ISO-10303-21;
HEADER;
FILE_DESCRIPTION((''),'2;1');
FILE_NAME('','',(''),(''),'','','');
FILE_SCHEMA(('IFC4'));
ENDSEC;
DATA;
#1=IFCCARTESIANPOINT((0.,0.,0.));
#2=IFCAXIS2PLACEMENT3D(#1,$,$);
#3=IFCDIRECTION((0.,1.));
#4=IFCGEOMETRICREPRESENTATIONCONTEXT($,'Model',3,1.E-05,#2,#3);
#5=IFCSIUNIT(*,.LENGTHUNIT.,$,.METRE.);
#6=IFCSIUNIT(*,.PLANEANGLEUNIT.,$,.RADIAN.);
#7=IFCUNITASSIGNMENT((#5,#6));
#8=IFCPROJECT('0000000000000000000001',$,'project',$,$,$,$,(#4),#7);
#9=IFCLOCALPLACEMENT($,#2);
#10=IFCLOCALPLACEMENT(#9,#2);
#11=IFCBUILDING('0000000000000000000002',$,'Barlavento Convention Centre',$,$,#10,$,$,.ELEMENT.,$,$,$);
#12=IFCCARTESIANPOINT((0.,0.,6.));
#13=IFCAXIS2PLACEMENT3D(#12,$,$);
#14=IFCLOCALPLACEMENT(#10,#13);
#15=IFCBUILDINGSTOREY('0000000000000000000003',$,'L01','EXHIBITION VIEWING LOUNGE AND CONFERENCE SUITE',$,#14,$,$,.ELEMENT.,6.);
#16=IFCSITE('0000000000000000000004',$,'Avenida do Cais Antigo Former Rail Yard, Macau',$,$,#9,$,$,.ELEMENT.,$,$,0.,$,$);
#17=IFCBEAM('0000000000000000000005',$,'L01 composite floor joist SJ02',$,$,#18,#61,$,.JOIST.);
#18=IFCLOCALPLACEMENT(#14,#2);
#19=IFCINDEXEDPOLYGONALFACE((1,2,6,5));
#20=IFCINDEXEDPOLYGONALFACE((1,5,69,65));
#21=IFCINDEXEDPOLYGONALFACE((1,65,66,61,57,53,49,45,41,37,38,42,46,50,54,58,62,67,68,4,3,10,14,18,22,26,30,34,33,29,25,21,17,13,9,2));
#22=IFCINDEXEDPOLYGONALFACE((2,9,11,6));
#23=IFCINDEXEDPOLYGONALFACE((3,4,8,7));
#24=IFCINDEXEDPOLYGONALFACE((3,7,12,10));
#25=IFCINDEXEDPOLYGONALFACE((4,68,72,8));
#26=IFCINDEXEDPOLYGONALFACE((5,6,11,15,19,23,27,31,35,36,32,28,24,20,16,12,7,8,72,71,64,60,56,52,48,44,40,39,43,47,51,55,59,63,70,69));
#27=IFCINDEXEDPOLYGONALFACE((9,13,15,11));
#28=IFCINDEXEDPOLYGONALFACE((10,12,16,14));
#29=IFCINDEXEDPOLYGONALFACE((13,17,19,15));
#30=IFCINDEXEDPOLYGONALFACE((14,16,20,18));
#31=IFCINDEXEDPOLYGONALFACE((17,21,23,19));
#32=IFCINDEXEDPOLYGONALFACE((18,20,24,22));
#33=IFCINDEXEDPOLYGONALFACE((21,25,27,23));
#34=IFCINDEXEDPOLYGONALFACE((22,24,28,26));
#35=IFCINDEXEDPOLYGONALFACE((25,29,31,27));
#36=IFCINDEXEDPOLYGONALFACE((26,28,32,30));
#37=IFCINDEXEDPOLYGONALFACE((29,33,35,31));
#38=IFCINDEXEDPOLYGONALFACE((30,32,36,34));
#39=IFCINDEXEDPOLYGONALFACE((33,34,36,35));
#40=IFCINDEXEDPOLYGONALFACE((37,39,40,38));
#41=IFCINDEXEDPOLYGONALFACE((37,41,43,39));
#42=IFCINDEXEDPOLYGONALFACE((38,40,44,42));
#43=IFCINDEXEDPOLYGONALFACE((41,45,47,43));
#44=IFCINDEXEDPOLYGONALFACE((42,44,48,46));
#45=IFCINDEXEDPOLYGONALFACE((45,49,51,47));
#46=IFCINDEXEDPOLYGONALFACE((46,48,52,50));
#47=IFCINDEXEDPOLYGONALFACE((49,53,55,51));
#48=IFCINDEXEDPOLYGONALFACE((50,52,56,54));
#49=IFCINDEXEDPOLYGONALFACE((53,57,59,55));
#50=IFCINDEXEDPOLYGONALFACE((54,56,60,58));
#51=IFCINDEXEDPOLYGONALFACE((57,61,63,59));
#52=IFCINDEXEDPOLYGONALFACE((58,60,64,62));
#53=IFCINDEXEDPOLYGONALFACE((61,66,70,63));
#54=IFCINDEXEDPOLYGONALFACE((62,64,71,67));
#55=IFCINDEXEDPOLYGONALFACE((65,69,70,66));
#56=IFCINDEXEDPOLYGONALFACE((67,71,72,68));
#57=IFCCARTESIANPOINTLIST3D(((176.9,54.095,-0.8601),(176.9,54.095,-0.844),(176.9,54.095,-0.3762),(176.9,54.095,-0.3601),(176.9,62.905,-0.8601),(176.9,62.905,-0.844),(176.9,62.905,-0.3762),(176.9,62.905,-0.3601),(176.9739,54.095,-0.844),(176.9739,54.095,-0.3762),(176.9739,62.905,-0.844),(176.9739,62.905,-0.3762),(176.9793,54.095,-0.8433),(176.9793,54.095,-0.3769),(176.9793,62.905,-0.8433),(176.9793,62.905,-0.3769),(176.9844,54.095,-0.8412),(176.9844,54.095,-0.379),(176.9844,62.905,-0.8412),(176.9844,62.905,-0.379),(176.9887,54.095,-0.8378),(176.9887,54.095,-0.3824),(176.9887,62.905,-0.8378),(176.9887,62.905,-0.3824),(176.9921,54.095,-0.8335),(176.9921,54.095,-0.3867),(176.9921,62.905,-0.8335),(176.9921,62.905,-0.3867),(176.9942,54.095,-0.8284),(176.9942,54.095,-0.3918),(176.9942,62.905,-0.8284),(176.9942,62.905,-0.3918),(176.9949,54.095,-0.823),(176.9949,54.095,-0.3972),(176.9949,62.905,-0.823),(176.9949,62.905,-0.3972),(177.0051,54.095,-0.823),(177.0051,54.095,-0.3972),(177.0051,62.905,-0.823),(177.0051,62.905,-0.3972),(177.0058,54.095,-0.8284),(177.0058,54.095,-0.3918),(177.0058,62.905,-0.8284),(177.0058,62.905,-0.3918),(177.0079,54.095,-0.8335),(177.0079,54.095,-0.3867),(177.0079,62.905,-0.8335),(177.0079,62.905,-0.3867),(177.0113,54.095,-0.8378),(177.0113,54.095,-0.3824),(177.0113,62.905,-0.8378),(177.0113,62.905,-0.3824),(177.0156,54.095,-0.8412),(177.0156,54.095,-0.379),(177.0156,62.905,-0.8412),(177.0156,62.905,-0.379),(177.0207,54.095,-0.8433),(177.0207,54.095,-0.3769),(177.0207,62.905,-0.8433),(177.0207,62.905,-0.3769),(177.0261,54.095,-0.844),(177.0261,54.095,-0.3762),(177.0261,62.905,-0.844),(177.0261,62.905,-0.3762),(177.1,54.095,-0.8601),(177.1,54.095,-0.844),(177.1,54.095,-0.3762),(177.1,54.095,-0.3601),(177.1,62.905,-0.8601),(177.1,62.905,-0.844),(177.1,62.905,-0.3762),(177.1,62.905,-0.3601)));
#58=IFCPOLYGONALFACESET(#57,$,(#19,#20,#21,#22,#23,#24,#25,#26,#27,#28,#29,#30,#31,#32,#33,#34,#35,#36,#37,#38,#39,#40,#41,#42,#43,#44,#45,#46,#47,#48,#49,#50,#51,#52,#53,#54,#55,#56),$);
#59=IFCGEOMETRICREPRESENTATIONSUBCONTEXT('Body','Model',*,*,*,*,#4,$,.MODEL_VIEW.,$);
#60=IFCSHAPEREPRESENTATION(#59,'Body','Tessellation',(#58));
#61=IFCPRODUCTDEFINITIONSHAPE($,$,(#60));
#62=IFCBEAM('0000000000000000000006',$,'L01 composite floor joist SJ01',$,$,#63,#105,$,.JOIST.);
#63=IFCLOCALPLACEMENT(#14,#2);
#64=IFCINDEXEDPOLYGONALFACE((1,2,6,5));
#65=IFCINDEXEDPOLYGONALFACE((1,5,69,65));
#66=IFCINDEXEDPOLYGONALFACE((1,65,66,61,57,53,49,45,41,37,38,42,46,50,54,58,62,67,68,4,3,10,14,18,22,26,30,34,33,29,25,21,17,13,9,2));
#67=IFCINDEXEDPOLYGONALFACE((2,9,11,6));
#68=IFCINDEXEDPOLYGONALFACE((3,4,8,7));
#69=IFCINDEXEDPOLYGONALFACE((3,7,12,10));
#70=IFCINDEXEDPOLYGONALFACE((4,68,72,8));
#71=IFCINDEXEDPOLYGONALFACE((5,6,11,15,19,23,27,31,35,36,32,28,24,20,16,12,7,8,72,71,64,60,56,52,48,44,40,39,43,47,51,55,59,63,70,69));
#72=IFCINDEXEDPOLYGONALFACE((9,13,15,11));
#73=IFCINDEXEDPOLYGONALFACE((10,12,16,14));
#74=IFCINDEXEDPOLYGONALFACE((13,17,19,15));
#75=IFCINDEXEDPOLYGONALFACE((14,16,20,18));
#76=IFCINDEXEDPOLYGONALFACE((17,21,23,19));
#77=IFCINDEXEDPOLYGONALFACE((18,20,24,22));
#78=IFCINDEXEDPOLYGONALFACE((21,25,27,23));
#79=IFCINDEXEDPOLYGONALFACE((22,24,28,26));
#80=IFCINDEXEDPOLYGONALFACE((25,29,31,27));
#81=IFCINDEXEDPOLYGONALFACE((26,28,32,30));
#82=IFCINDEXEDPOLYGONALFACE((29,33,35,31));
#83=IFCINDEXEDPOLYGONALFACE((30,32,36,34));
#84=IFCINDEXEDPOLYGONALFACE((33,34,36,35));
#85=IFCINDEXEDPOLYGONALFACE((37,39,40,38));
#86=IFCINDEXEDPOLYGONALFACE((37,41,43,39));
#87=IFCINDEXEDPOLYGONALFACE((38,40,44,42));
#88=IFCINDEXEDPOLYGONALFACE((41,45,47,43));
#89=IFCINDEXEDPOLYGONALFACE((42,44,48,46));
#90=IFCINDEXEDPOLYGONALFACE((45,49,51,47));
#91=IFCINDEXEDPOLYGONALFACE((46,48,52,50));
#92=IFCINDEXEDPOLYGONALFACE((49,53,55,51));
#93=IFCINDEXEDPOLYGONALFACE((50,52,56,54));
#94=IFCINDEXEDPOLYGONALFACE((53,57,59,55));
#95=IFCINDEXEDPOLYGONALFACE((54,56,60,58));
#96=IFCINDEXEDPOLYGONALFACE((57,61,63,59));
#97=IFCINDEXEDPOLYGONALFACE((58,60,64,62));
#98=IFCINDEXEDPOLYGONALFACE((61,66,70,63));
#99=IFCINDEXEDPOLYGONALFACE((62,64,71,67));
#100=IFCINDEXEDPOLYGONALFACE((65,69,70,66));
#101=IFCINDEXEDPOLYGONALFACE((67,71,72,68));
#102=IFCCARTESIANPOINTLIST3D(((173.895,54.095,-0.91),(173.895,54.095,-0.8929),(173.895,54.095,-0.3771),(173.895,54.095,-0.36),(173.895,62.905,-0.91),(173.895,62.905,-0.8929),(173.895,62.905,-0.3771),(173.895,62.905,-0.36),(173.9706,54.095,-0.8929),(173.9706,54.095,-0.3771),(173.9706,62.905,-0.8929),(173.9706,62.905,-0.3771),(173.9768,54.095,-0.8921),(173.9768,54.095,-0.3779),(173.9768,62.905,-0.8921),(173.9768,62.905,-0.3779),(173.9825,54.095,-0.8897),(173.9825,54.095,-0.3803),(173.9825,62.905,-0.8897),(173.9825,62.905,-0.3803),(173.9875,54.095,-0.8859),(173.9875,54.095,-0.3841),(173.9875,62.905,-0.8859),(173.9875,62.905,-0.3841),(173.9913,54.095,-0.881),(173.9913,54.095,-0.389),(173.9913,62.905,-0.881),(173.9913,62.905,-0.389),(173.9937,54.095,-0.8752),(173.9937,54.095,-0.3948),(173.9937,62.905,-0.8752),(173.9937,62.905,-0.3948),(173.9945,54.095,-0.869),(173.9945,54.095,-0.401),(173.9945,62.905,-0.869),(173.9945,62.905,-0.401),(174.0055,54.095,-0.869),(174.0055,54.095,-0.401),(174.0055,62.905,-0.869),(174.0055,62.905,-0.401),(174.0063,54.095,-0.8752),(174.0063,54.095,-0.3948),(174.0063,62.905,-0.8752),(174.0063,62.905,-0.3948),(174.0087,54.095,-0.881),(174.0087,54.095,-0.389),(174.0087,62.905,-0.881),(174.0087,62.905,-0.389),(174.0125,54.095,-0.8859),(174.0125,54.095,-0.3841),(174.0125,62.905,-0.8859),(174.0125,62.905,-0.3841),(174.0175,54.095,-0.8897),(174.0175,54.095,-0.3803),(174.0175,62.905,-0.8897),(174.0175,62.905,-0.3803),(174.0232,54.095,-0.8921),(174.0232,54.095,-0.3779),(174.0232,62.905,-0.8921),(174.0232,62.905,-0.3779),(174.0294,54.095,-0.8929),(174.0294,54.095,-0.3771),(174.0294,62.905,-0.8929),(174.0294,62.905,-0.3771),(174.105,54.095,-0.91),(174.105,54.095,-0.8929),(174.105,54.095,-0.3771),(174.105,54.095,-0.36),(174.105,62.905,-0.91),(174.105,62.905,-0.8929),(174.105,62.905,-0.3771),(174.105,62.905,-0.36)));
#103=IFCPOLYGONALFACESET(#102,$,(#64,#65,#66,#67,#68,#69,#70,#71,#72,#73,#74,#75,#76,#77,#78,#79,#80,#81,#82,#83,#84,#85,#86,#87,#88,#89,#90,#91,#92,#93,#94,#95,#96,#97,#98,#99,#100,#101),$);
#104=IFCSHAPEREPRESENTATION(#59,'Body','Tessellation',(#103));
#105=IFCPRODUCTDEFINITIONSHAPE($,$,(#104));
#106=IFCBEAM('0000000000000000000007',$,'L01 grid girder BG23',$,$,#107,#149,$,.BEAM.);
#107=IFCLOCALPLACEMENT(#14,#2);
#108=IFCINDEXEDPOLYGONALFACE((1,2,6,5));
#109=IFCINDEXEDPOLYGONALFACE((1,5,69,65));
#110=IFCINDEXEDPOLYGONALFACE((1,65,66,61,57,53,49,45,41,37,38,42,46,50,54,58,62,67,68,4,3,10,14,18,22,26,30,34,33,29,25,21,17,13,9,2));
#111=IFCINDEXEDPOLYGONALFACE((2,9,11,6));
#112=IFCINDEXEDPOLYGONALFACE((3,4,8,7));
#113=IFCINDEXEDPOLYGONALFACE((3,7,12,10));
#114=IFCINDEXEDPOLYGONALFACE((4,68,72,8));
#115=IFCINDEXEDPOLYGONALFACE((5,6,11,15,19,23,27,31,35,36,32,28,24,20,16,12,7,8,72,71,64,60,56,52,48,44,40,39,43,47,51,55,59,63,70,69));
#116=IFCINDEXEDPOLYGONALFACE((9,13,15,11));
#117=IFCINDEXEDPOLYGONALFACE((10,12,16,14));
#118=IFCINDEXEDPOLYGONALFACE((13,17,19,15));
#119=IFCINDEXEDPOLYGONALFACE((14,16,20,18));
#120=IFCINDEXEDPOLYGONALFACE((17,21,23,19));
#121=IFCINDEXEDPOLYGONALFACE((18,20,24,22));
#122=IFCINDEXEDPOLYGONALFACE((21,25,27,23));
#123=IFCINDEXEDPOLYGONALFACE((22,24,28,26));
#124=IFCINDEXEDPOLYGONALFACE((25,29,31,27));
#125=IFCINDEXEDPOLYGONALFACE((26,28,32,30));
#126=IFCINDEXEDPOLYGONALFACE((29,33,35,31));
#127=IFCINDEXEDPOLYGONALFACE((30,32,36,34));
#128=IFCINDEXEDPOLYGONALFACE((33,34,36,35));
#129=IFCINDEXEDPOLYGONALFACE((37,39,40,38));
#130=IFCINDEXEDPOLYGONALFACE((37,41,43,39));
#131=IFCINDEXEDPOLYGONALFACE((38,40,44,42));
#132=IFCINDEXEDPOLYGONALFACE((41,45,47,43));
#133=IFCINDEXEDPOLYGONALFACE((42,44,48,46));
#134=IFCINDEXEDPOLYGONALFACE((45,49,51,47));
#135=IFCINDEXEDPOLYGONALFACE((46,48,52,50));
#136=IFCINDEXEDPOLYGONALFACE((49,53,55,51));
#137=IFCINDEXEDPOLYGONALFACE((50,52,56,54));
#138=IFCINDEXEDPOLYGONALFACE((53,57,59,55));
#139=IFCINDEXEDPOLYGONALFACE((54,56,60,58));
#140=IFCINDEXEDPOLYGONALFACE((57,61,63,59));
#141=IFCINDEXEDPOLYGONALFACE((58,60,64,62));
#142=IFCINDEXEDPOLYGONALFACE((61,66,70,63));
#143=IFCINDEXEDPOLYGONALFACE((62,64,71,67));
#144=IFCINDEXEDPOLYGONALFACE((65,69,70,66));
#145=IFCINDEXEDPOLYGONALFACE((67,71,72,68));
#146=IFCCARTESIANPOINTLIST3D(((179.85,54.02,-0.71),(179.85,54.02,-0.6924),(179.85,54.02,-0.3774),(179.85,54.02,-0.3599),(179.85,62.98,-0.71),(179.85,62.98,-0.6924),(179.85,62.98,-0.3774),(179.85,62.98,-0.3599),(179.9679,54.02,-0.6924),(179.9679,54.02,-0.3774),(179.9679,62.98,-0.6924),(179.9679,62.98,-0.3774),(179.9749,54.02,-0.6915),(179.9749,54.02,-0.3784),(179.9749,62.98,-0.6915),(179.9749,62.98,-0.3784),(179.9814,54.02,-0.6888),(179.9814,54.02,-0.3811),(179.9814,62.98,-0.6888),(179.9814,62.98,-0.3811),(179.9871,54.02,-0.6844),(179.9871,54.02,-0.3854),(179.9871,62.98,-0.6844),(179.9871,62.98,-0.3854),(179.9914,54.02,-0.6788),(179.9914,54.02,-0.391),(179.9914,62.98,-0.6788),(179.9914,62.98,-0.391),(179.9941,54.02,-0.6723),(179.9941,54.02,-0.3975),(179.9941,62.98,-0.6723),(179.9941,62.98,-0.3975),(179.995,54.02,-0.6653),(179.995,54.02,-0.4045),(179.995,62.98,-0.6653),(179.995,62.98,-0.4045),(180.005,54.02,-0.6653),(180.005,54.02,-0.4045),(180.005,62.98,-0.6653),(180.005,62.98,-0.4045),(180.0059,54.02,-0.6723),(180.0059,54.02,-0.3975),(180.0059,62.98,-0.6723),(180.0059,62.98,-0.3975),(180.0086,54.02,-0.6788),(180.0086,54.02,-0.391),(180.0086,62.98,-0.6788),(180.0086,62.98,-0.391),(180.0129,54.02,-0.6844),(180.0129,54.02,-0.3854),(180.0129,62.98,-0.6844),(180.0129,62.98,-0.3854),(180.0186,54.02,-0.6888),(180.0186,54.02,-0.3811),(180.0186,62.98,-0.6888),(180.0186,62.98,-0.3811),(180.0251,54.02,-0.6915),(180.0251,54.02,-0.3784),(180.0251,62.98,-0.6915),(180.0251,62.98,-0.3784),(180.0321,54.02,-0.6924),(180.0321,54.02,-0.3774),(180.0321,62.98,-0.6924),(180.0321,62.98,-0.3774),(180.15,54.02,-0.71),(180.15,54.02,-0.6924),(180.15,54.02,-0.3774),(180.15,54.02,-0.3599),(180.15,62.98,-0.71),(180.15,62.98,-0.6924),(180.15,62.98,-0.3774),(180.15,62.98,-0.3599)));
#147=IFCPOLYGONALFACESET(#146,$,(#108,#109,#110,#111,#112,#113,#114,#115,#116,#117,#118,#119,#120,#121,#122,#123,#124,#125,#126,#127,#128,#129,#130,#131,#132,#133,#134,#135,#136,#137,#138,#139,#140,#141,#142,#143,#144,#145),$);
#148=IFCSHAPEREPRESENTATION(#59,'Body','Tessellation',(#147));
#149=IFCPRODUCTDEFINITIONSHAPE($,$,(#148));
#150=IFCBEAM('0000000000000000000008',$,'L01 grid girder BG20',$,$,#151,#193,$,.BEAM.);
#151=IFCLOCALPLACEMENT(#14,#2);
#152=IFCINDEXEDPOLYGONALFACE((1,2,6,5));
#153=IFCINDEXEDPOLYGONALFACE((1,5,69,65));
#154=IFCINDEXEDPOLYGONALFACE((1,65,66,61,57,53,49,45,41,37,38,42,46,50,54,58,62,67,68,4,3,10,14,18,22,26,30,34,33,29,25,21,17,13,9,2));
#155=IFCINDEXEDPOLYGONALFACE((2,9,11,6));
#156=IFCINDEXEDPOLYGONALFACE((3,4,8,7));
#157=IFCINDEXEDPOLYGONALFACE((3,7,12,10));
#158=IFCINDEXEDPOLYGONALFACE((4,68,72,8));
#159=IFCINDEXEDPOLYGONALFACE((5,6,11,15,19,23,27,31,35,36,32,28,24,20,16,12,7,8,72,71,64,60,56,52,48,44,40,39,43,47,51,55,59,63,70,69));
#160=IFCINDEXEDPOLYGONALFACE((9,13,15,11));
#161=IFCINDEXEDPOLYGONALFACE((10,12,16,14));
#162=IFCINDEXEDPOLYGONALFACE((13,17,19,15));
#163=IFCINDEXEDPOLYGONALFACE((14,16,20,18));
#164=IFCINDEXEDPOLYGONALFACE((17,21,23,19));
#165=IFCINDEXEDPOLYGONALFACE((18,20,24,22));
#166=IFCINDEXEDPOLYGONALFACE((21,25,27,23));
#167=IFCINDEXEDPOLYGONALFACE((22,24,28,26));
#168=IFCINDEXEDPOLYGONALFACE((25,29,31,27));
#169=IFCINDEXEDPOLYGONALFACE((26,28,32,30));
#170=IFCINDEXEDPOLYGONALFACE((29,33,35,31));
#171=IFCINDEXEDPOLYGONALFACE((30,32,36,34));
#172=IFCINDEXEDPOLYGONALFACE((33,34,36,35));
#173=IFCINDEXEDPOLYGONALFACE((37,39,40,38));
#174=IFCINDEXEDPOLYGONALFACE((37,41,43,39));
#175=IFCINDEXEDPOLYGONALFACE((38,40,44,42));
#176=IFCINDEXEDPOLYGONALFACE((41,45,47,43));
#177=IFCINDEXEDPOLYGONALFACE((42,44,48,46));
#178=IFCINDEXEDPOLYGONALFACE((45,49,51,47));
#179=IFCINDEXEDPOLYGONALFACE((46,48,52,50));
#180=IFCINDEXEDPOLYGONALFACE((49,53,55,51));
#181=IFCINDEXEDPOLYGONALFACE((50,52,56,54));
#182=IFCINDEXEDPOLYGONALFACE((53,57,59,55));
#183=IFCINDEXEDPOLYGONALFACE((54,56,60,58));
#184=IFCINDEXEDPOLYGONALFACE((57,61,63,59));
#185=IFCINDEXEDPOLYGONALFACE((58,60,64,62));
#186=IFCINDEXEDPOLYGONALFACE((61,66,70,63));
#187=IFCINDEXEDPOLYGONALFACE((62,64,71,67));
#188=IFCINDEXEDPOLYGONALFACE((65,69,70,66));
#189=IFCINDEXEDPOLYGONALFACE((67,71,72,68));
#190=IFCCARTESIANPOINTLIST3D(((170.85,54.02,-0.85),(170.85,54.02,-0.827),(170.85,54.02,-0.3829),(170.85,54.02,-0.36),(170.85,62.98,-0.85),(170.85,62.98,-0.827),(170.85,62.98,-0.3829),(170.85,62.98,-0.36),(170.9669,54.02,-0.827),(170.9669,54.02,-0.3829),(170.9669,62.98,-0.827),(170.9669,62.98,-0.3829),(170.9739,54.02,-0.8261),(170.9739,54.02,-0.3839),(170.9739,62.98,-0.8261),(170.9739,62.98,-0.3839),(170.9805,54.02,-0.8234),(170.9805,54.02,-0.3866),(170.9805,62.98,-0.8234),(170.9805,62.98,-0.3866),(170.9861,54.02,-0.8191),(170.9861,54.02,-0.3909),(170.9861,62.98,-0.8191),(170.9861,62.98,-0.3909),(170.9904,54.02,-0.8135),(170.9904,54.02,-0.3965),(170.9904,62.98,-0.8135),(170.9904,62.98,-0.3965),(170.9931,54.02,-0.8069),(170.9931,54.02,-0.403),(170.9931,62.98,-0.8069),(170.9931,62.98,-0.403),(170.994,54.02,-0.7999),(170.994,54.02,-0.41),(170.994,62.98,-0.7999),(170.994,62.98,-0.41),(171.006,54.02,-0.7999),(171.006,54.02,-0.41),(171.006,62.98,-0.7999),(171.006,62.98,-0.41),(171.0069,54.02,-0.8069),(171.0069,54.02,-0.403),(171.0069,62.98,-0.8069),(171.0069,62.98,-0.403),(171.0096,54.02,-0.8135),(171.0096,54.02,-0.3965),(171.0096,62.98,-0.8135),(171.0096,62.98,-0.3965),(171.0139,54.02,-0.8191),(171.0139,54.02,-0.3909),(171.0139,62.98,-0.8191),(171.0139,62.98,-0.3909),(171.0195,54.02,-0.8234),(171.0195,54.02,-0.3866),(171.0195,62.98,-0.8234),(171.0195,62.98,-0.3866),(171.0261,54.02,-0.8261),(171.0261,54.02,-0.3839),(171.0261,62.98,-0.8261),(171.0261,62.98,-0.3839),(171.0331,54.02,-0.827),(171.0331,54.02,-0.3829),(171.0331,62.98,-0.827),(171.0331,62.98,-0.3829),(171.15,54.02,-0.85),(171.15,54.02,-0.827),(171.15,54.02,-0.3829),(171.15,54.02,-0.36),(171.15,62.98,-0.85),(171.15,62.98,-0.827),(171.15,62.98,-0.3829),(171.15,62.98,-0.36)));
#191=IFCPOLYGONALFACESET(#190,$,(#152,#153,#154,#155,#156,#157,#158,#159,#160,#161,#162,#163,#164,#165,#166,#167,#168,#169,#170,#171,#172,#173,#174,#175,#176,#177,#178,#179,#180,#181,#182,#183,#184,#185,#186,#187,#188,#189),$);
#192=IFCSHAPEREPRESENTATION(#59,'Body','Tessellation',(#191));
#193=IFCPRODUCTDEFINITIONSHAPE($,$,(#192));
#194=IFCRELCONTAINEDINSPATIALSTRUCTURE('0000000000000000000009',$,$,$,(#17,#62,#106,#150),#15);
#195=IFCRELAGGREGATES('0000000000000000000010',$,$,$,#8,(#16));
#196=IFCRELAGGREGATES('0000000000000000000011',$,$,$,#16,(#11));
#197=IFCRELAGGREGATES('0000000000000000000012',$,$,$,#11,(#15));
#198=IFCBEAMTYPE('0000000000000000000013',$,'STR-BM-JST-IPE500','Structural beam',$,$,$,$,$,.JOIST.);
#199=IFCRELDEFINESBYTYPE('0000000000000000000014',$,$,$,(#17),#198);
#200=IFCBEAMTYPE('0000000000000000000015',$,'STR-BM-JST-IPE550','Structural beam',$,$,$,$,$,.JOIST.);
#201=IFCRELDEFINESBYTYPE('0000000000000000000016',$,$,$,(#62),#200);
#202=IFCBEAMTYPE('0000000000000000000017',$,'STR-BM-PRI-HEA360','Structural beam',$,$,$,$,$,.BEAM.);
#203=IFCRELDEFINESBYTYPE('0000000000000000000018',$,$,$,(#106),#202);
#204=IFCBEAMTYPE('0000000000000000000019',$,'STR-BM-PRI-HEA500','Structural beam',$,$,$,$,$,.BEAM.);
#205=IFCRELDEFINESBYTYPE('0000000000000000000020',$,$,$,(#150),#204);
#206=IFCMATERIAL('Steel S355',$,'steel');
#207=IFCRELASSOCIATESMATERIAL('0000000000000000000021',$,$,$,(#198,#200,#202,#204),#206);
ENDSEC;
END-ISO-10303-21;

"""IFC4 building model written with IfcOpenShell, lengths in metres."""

from ifc_helpers import new_model, si_unit, direction, frame, origin, origin_2d, place, context, subcontext, project, spatial, i_section, extrude, material, material_profile, profile_set, type_object, element, save


model = new_model("IFC4")

# Units and contexts
model_context = context("Model", 3, precision=1e-05, world=origin(), true_north=direction((0.0, 1.0)))
body_context = subcontext(model_context, "Body", "Model", "MODEL_VIEW")
ifc_project = project(units=[si_unit("LENGTHUNIT", "METRE"), si_unit("PLANEANGLEUNIT", "RADIAN")], contexts=[model_context])

# Site, building, storey
site_placement = place(None, origin())
site = spatial("IfcSite", under=ifc_project, at=site_placement, Name="Avenida do Cais Antigo Former Rail Yard, Macau", CompositionType="ELEMENT", RefElevation=0.0)
building_placement = place(site_placement, origin())
building = spatial("IfcBuilding", under=site, at=building_placement, Name="Barlavento Convention Centre", CompositionType="ELEMENT")
storey_placement = place(building_placement, frame((0.0, 0.0, 6.0)))
storey = spatial("IfcBuildingStorey", under=building, at=storey_placement, Name="L01", Description="EXHIBITION VIEWING LOUNGE AND CONFERENCE SUITE", CompositionType="ELEMENT", Elevation=6.0)

# Shared definitions
ifc_material_1 = material(Name="Steel S355", Category="steel")

# Beams
ifc_material_profile_1 = material_profile(ifc_material_1, i_section(OverallWidth=0.2, OverallDepth=0.5, WebThickness=0.0103, FlangeThickness=0.0161, FilletRadius=0.021, at=origin_2d()), Name="IPE 500")
ifc_profile_set_1 = profile_set([ifc_material_profile_1], Name="Steel S355")
beam_type_1 = type_object("IfcBeamType", Name="STR-BM-JST-IPE500", Description="Structural beam", PredefinedType="JOIST", material=ifc_profile_set_1)
beam_1_placement = place(storey_placement, frame((177.0, 54.095, -0.6101), z_axis=(0.0, 1.0, 0.0), x_axis=(-1.0, 0.0, 0.0)))
element("IfcBeam", 1, at=beam_1_placement, inside=storey, type_object=beam_type_1, Name="L01 composite floor joist SJ02", PredefinedType="JOIST", context=body_context, shape_type="SweptSolid", body=[
    extrude(i_section(OverallWidth=0.2, OverallDepth=0.5, WebThickness=0.0103, FlangeThickness=0.0161, FilletRadius=0.021, at=origin_2d()), origin(), (0.0, 0.0, 1.0), 8.8101),
])
ifc_material_profile_2 = material_profile(ifc_material_1, i_section(OverallWidth=0.21, OverallDepth=0.55, WebThickness=0.011, FlangeThickness=0.0171, FilletRadius=0.0239, at=origin_2d()), Name="IPE 550")
ifc_profile_set_2 = profile_set([ifc_material_profile_2], Name="Steel S355")
beam_type_2 = type_object("IfcBeamType", Name="STR-BM-JST-IPE550", Description="Structural beam", PredefinedType="JOIST", material=ifc_profile_set_2)
beam_2_placement = place(storey_placement, frame((174.0, 54.095, -0.635), z_axis=(0.0, 1.0, 0.0), x_axis=(-1.0, 0.0, 0.0)))
element("IfcBeam", 2, at=beam_2_placement, inside=storey, type_object=beam_type_2, Name="L01 composite floor joist SJ01", PredefinedType="JOIST", context=body_context, shape_type="SweptSolid", body=[
    extrude(i_section(OverallWidth=0.21, OverallDepth=0.55, WebThickness=0.011, FlangeThickness=0.0171, FilletRadius=0.0239, at=origin_2d()), origin(), (0.0, 0.0, 1.0), 8.8101),
])
ifc_material_profile_3 = material_profile(ifc_material_1, i_section(OverallWidth=0.3, OverallDepth=0.3501, WebThickness=0.01, FlangeThickness=0.0176, FilletRadius=0.0271, at=origin_2d()), Name="HEA 360")
ifc_profile_set_3 = profile_set([ifc_material_profile_3], Name="Steel S355")
beam_type_3 = type_object("IfcBeamType", Name="STR-BM-PRI-HEA360", Description="Structural beam", PredefinedType="BEAM", material=ifc_profile_set_3)
beam_3_placement = place(storey_placement, frame((180.0, 54.02, -0.5349), z_axis=(0.0, 1.0, 0.0), x_axis=(-1.0, 0.0, 0.0)))
element("IfcBeam", 3, at=beam_3_placement, inside=storey, type_object=beam_type_3, Name="L01 grid girder BG23", PredefinedType="BEAM", context=body_context, shape_type="SweptSolid", body=[
    extrude(i_section(OverallWidth=0.3, OverallDepth=0.3501, WebThickness=0.01, FlangeThickness=0.0176, FilletRadius=0.0271, at=origin_2d()), origin(), (0.0, 0.0, 1.0), 8.96),
])
ifc_material_profile_4 = material_profile(ifc_material_1, i_section(OverallWidth=0.3, OverallDepth=0.49, WebThickness=0.012, FlangeThickness=0.0229, FilletRadius=0.0271, at=origin_2d()), Name="HEA 500")
ifc_profile_set_4 = profile_set([ifc_material_profile_4], Name="Steel S355")
beam_type_4 = type_object("IfcBeamType", Name="STR-BM-PRI-HEA500", Description="Structural beam", PredefinedType="BEAM", material=ifc_profile_set_4)
beam_4_placement = place(storey_placement, frame((171.0, 54.02, -0.605), z_axis=(0.0, 1.0, 0.0), x_axis=(-1.0, 0.0, 0.0)))
element("IfcBeam", 4, at=beam_4_placement, inside=storey, type_object=beam_type_4, Name="L01 grid girder BG20", PredefinedType="BEAM", context=body_context, shape_type="SweptSolid", body=[
    extrude(i_section(OverallWidth=0.3, OverallDepth=0.49, WebThickness=0.012, FlangeThickness=0.0229, FilletRadius=0.0271, at=origin_2d()), origin(), (0.0, 0.0, 1.0), 8.96),
])

save(model, "model.ifc")
